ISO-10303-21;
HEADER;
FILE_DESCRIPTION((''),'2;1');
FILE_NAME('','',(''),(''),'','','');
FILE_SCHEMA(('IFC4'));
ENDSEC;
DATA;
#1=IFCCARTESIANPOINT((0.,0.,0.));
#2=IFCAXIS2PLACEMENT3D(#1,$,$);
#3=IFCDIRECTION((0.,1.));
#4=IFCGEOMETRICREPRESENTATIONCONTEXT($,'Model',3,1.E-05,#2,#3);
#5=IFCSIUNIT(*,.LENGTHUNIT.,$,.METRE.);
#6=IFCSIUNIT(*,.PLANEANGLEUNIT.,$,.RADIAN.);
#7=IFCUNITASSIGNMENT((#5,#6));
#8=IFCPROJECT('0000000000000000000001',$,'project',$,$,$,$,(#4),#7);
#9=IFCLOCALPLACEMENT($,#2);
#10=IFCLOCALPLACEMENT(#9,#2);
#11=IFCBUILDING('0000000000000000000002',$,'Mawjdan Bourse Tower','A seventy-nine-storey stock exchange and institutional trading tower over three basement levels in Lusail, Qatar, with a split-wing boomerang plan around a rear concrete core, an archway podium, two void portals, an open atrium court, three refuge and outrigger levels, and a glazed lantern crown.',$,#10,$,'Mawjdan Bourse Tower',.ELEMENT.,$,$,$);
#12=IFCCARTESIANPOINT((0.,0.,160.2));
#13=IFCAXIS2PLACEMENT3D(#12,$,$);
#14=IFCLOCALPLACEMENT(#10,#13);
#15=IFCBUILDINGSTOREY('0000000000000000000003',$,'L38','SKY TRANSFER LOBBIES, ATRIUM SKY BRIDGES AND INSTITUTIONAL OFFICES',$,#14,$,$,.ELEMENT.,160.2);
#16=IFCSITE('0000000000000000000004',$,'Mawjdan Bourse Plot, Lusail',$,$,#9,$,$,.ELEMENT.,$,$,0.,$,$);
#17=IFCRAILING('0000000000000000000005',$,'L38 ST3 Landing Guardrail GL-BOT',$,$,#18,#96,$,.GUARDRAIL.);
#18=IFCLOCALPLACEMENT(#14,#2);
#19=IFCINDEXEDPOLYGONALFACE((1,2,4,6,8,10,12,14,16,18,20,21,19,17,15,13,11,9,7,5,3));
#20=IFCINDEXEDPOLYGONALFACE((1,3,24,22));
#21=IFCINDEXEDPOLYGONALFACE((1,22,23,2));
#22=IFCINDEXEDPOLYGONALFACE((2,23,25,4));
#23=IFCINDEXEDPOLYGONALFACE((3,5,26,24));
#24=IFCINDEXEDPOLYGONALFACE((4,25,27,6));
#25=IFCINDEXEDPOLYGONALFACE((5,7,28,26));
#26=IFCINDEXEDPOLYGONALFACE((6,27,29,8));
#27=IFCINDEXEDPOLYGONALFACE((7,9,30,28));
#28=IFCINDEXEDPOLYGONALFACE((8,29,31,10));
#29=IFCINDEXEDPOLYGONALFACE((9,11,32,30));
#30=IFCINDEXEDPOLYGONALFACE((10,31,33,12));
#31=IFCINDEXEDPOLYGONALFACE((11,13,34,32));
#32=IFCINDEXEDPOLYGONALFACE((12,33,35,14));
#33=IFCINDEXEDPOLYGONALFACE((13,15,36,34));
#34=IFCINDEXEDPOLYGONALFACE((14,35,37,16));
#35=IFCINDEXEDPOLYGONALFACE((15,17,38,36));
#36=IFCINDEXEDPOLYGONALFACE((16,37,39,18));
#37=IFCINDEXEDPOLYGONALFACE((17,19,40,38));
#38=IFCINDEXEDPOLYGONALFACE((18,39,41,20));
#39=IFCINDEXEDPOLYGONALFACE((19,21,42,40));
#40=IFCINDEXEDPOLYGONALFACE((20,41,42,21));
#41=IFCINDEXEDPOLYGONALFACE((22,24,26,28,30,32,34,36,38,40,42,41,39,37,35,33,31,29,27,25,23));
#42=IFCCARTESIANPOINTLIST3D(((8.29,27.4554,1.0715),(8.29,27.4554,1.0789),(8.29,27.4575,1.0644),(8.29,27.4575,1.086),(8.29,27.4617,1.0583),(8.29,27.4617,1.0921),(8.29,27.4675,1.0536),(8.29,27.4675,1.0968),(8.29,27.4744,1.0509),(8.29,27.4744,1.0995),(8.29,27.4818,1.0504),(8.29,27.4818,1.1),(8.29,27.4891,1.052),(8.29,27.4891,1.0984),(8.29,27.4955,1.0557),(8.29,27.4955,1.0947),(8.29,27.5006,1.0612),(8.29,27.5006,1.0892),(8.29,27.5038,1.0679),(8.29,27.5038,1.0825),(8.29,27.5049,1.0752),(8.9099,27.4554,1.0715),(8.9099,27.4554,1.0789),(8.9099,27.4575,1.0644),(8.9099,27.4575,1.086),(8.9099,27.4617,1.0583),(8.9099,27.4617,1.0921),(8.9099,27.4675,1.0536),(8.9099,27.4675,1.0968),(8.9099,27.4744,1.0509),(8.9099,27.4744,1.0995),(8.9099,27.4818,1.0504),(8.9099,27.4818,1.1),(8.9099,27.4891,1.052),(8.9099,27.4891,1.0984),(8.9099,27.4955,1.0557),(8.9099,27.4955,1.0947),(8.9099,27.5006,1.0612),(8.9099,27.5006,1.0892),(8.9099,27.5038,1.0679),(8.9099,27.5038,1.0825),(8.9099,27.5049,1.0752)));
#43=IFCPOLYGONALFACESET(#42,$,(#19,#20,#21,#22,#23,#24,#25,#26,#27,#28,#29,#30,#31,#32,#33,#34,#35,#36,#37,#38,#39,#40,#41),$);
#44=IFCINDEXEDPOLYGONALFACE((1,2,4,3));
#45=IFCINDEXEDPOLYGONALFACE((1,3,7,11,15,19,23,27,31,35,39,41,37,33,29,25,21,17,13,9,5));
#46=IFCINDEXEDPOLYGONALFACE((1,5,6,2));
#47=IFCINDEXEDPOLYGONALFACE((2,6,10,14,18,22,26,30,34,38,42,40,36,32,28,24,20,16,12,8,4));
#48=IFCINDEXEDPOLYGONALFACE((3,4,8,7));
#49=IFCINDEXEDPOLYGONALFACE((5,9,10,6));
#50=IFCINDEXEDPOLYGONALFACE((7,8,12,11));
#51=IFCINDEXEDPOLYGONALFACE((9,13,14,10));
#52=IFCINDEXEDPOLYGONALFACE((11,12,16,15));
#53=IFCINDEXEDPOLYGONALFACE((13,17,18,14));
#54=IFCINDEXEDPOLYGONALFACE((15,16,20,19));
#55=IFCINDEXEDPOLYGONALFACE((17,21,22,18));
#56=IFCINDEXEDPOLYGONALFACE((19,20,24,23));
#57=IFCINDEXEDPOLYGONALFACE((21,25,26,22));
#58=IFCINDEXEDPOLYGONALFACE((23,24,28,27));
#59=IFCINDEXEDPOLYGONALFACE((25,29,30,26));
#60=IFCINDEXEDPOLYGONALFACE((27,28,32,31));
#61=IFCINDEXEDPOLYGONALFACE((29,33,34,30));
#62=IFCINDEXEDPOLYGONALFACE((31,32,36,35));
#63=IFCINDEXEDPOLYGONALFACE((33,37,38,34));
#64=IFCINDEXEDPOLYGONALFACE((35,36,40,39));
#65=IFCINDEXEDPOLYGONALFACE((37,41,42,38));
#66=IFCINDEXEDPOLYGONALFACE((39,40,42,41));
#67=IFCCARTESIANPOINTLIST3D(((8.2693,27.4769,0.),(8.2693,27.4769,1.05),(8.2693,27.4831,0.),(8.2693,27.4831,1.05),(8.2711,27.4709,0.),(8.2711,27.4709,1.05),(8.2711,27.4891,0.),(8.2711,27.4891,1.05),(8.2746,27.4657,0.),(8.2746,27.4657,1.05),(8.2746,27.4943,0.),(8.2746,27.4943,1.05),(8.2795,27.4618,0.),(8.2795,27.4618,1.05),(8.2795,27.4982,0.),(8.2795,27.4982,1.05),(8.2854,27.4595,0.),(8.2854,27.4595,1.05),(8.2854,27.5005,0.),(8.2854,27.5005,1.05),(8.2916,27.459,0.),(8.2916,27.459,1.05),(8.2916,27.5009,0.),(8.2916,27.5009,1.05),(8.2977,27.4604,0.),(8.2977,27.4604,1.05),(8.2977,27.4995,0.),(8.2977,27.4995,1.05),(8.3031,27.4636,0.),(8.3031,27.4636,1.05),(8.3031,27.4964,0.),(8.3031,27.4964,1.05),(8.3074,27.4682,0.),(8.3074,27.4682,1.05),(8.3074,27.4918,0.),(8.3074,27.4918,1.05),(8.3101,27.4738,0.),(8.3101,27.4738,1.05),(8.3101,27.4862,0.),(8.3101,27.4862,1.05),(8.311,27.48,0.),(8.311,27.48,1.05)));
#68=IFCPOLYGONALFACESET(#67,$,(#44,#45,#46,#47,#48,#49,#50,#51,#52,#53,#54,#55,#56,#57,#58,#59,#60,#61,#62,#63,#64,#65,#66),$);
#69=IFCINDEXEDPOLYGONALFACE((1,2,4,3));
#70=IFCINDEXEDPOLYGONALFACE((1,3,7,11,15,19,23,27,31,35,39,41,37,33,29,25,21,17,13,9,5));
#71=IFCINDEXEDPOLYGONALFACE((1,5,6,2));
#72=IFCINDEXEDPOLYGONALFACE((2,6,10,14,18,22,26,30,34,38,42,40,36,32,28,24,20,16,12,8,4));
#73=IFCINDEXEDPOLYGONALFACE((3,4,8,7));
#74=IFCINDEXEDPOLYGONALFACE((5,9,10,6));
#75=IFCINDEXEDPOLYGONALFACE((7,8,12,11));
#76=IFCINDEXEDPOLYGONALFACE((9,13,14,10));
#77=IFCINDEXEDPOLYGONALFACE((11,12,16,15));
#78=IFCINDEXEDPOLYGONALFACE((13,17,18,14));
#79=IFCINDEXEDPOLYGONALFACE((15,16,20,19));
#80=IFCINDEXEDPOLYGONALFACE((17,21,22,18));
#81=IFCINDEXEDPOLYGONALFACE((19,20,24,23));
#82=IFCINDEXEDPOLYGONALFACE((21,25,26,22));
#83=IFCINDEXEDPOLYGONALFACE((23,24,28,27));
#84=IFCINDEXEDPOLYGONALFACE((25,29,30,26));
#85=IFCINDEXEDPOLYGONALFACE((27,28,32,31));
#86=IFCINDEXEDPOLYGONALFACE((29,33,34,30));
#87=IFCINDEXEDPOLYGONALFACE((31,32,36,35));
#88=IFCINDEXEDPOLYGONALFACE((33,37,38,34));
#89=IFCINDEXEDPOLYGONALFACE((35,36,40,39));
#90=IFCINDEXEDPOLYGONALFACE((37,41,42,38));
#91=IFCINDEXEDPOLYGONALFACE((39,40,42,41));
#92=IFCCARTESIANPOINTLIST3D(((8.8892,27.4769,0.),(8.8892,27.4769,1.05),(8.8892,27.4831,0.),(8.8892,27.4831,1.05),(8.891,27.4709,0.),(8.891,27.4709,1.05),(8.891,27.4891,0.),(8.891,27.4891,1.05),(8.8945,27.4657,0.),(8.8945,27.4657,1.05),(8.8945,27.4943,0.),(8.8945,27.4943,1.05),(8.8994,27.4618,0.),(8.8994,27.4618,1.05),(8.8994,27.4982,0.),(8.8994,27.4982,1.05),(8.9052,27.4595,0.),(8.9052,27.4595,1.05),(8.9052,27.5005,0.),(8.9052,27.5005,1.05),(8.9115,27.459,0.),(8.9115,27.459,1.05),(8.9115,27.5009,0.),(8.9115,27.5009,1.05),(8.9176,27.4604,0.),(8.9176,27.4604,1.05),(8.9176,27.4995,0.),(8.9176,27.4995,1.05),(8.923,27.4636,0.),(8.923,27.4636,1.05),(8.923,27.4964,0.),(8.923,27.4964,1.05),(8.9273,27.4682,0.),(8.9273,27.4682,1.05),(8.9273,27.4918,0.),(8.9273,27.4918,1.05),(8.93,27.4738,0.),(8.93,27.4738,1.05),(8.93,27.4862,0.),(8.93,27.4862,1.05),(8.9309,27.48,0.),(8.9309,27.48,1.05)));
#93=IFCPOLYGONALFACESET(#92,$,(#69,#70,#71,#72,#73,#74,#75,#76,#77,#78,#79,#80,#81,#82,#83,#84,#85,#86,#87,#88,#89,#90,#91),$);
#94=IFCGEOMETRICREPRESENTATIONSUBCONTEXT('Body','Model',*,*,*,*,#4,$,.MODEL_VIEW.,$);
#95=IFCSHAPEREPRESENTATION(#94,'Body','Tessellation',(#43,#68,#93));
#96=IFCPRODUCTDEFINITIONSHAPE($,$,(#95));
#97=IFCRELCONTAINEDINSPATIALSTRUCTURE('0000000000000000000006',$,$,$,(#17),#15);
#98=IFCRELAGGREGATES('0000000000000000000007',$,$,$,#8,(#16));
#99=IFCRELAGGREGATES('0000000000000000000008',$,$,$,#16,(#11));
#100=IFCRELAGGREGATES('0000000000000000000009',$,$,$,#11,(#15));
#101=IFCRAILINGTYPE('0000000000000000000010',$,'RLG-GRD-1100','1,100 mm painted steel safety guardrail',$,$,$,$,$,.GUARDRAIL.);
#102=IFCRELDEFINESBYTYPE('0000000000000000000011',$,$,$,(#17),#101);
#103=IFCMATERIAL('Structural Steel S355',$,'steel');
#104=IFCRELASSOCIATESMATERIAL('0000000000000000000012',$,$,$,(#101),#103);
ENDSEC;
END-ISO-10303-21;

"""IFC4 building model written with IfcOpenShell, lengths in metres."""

from ifc_helpers import new_model, si_unit, direction, frame, origin, origin_2d, place, context, subcontext, project, spatial, circle, extrude, material, type_object, element, save


model = new_model("IFC4")

# Units and contexts
model_context = context("Model", 3, precision=1e-05, world=origin(), true_north=direction((0.0, 1.0)))
body_context = subcontext(model_context, "Body", "Model", "MODEL_VIEW")
ifc_project = project(units=[si_unit("LENGTHUNIT", "METRE"), si_unit("PLANEANGLEUNIT", "RADIAN")], contexts=[model_context])

# Site, building, storey
site_placement = place(None, origin())
site = spatial("IfcSite", under=ifc_project, at=site_placement, Name="Mawjdan Bourse Plot, Lusail", CompositionType="ELEMENT", RefElevation=0.0)
building_placement = place(site_placement, origin())
building = spatial("IfcBuilding", under=site, at=building_placement, Name="Mawjdan Bourse Tower", Description="A seventy-nine-storey stock exchange and institutional trading tower over three basement levels in Lusail, Qatar, with a split-wing boomerang plan around a rear concrete core, an archway podium, two void portals, an open atrium court, three refuge and outrigger levels, and a glazed lantern crown.", LongName="Mawjdan Bourse Tower", CompositionType="ELEMENT")
storey_placement = place(building_placement, frame((0.0, 0.0, 160.2)))
storey = spatial("IfcBuildingStorey", under=building, at=storey_placement, Name="L38", Description="SKY TRANSFER LOBBIES, ATRIUM SKY BRIDGES AND INSTITUTIONAL OFFICES", CompositionType="ELEMENT", Elevation=160.2)

# Shared definitions
ifc_material_1 = material(Name="Structural Steel S355", Category="steel")

# Railing
railing_type_1 = type_object("IfcRailingType", Name="RLG-GRD-1100", Description="1,100 mm painted steel safety guardrail", PredefinedType="GUARDRAIL", material=ifc_material_1)
for number, where, name in (
    (1, (8.29, 27.48, 0.0), "L38 ST3 Landing Guardrail GL-BOT"),
):
    element("IfcRailing", number, at=place(storey_placement, frame(where)), inside=storey, type_object=railing_type_1, Name=name, PredefinedType="GUARDRAIL", context=body_context, shape_type="SweptSolid", body=[
        extrude(circle(Radius=0.0249, at=origin_2d()), frame((0.0, 0.0, 1.0752), z_axis=(1.0, 0.0, 0.0), x_axis=(0.0, 1.0, 0.0)), (0.0, 0.0, 1.0), 0.6199),
        extrude(circle(Radius=0.021, at=origin_2d()), origin(), (0.0, 0.0, 1.0), 1.05),
        extrude(circle(Radius=0.021, at=origin_2d()), frame((0.6199, 0.0, 0.0)), (0.0, 0.0, 1.0), 1.05),
    ])

save(model, "model.ifc")
